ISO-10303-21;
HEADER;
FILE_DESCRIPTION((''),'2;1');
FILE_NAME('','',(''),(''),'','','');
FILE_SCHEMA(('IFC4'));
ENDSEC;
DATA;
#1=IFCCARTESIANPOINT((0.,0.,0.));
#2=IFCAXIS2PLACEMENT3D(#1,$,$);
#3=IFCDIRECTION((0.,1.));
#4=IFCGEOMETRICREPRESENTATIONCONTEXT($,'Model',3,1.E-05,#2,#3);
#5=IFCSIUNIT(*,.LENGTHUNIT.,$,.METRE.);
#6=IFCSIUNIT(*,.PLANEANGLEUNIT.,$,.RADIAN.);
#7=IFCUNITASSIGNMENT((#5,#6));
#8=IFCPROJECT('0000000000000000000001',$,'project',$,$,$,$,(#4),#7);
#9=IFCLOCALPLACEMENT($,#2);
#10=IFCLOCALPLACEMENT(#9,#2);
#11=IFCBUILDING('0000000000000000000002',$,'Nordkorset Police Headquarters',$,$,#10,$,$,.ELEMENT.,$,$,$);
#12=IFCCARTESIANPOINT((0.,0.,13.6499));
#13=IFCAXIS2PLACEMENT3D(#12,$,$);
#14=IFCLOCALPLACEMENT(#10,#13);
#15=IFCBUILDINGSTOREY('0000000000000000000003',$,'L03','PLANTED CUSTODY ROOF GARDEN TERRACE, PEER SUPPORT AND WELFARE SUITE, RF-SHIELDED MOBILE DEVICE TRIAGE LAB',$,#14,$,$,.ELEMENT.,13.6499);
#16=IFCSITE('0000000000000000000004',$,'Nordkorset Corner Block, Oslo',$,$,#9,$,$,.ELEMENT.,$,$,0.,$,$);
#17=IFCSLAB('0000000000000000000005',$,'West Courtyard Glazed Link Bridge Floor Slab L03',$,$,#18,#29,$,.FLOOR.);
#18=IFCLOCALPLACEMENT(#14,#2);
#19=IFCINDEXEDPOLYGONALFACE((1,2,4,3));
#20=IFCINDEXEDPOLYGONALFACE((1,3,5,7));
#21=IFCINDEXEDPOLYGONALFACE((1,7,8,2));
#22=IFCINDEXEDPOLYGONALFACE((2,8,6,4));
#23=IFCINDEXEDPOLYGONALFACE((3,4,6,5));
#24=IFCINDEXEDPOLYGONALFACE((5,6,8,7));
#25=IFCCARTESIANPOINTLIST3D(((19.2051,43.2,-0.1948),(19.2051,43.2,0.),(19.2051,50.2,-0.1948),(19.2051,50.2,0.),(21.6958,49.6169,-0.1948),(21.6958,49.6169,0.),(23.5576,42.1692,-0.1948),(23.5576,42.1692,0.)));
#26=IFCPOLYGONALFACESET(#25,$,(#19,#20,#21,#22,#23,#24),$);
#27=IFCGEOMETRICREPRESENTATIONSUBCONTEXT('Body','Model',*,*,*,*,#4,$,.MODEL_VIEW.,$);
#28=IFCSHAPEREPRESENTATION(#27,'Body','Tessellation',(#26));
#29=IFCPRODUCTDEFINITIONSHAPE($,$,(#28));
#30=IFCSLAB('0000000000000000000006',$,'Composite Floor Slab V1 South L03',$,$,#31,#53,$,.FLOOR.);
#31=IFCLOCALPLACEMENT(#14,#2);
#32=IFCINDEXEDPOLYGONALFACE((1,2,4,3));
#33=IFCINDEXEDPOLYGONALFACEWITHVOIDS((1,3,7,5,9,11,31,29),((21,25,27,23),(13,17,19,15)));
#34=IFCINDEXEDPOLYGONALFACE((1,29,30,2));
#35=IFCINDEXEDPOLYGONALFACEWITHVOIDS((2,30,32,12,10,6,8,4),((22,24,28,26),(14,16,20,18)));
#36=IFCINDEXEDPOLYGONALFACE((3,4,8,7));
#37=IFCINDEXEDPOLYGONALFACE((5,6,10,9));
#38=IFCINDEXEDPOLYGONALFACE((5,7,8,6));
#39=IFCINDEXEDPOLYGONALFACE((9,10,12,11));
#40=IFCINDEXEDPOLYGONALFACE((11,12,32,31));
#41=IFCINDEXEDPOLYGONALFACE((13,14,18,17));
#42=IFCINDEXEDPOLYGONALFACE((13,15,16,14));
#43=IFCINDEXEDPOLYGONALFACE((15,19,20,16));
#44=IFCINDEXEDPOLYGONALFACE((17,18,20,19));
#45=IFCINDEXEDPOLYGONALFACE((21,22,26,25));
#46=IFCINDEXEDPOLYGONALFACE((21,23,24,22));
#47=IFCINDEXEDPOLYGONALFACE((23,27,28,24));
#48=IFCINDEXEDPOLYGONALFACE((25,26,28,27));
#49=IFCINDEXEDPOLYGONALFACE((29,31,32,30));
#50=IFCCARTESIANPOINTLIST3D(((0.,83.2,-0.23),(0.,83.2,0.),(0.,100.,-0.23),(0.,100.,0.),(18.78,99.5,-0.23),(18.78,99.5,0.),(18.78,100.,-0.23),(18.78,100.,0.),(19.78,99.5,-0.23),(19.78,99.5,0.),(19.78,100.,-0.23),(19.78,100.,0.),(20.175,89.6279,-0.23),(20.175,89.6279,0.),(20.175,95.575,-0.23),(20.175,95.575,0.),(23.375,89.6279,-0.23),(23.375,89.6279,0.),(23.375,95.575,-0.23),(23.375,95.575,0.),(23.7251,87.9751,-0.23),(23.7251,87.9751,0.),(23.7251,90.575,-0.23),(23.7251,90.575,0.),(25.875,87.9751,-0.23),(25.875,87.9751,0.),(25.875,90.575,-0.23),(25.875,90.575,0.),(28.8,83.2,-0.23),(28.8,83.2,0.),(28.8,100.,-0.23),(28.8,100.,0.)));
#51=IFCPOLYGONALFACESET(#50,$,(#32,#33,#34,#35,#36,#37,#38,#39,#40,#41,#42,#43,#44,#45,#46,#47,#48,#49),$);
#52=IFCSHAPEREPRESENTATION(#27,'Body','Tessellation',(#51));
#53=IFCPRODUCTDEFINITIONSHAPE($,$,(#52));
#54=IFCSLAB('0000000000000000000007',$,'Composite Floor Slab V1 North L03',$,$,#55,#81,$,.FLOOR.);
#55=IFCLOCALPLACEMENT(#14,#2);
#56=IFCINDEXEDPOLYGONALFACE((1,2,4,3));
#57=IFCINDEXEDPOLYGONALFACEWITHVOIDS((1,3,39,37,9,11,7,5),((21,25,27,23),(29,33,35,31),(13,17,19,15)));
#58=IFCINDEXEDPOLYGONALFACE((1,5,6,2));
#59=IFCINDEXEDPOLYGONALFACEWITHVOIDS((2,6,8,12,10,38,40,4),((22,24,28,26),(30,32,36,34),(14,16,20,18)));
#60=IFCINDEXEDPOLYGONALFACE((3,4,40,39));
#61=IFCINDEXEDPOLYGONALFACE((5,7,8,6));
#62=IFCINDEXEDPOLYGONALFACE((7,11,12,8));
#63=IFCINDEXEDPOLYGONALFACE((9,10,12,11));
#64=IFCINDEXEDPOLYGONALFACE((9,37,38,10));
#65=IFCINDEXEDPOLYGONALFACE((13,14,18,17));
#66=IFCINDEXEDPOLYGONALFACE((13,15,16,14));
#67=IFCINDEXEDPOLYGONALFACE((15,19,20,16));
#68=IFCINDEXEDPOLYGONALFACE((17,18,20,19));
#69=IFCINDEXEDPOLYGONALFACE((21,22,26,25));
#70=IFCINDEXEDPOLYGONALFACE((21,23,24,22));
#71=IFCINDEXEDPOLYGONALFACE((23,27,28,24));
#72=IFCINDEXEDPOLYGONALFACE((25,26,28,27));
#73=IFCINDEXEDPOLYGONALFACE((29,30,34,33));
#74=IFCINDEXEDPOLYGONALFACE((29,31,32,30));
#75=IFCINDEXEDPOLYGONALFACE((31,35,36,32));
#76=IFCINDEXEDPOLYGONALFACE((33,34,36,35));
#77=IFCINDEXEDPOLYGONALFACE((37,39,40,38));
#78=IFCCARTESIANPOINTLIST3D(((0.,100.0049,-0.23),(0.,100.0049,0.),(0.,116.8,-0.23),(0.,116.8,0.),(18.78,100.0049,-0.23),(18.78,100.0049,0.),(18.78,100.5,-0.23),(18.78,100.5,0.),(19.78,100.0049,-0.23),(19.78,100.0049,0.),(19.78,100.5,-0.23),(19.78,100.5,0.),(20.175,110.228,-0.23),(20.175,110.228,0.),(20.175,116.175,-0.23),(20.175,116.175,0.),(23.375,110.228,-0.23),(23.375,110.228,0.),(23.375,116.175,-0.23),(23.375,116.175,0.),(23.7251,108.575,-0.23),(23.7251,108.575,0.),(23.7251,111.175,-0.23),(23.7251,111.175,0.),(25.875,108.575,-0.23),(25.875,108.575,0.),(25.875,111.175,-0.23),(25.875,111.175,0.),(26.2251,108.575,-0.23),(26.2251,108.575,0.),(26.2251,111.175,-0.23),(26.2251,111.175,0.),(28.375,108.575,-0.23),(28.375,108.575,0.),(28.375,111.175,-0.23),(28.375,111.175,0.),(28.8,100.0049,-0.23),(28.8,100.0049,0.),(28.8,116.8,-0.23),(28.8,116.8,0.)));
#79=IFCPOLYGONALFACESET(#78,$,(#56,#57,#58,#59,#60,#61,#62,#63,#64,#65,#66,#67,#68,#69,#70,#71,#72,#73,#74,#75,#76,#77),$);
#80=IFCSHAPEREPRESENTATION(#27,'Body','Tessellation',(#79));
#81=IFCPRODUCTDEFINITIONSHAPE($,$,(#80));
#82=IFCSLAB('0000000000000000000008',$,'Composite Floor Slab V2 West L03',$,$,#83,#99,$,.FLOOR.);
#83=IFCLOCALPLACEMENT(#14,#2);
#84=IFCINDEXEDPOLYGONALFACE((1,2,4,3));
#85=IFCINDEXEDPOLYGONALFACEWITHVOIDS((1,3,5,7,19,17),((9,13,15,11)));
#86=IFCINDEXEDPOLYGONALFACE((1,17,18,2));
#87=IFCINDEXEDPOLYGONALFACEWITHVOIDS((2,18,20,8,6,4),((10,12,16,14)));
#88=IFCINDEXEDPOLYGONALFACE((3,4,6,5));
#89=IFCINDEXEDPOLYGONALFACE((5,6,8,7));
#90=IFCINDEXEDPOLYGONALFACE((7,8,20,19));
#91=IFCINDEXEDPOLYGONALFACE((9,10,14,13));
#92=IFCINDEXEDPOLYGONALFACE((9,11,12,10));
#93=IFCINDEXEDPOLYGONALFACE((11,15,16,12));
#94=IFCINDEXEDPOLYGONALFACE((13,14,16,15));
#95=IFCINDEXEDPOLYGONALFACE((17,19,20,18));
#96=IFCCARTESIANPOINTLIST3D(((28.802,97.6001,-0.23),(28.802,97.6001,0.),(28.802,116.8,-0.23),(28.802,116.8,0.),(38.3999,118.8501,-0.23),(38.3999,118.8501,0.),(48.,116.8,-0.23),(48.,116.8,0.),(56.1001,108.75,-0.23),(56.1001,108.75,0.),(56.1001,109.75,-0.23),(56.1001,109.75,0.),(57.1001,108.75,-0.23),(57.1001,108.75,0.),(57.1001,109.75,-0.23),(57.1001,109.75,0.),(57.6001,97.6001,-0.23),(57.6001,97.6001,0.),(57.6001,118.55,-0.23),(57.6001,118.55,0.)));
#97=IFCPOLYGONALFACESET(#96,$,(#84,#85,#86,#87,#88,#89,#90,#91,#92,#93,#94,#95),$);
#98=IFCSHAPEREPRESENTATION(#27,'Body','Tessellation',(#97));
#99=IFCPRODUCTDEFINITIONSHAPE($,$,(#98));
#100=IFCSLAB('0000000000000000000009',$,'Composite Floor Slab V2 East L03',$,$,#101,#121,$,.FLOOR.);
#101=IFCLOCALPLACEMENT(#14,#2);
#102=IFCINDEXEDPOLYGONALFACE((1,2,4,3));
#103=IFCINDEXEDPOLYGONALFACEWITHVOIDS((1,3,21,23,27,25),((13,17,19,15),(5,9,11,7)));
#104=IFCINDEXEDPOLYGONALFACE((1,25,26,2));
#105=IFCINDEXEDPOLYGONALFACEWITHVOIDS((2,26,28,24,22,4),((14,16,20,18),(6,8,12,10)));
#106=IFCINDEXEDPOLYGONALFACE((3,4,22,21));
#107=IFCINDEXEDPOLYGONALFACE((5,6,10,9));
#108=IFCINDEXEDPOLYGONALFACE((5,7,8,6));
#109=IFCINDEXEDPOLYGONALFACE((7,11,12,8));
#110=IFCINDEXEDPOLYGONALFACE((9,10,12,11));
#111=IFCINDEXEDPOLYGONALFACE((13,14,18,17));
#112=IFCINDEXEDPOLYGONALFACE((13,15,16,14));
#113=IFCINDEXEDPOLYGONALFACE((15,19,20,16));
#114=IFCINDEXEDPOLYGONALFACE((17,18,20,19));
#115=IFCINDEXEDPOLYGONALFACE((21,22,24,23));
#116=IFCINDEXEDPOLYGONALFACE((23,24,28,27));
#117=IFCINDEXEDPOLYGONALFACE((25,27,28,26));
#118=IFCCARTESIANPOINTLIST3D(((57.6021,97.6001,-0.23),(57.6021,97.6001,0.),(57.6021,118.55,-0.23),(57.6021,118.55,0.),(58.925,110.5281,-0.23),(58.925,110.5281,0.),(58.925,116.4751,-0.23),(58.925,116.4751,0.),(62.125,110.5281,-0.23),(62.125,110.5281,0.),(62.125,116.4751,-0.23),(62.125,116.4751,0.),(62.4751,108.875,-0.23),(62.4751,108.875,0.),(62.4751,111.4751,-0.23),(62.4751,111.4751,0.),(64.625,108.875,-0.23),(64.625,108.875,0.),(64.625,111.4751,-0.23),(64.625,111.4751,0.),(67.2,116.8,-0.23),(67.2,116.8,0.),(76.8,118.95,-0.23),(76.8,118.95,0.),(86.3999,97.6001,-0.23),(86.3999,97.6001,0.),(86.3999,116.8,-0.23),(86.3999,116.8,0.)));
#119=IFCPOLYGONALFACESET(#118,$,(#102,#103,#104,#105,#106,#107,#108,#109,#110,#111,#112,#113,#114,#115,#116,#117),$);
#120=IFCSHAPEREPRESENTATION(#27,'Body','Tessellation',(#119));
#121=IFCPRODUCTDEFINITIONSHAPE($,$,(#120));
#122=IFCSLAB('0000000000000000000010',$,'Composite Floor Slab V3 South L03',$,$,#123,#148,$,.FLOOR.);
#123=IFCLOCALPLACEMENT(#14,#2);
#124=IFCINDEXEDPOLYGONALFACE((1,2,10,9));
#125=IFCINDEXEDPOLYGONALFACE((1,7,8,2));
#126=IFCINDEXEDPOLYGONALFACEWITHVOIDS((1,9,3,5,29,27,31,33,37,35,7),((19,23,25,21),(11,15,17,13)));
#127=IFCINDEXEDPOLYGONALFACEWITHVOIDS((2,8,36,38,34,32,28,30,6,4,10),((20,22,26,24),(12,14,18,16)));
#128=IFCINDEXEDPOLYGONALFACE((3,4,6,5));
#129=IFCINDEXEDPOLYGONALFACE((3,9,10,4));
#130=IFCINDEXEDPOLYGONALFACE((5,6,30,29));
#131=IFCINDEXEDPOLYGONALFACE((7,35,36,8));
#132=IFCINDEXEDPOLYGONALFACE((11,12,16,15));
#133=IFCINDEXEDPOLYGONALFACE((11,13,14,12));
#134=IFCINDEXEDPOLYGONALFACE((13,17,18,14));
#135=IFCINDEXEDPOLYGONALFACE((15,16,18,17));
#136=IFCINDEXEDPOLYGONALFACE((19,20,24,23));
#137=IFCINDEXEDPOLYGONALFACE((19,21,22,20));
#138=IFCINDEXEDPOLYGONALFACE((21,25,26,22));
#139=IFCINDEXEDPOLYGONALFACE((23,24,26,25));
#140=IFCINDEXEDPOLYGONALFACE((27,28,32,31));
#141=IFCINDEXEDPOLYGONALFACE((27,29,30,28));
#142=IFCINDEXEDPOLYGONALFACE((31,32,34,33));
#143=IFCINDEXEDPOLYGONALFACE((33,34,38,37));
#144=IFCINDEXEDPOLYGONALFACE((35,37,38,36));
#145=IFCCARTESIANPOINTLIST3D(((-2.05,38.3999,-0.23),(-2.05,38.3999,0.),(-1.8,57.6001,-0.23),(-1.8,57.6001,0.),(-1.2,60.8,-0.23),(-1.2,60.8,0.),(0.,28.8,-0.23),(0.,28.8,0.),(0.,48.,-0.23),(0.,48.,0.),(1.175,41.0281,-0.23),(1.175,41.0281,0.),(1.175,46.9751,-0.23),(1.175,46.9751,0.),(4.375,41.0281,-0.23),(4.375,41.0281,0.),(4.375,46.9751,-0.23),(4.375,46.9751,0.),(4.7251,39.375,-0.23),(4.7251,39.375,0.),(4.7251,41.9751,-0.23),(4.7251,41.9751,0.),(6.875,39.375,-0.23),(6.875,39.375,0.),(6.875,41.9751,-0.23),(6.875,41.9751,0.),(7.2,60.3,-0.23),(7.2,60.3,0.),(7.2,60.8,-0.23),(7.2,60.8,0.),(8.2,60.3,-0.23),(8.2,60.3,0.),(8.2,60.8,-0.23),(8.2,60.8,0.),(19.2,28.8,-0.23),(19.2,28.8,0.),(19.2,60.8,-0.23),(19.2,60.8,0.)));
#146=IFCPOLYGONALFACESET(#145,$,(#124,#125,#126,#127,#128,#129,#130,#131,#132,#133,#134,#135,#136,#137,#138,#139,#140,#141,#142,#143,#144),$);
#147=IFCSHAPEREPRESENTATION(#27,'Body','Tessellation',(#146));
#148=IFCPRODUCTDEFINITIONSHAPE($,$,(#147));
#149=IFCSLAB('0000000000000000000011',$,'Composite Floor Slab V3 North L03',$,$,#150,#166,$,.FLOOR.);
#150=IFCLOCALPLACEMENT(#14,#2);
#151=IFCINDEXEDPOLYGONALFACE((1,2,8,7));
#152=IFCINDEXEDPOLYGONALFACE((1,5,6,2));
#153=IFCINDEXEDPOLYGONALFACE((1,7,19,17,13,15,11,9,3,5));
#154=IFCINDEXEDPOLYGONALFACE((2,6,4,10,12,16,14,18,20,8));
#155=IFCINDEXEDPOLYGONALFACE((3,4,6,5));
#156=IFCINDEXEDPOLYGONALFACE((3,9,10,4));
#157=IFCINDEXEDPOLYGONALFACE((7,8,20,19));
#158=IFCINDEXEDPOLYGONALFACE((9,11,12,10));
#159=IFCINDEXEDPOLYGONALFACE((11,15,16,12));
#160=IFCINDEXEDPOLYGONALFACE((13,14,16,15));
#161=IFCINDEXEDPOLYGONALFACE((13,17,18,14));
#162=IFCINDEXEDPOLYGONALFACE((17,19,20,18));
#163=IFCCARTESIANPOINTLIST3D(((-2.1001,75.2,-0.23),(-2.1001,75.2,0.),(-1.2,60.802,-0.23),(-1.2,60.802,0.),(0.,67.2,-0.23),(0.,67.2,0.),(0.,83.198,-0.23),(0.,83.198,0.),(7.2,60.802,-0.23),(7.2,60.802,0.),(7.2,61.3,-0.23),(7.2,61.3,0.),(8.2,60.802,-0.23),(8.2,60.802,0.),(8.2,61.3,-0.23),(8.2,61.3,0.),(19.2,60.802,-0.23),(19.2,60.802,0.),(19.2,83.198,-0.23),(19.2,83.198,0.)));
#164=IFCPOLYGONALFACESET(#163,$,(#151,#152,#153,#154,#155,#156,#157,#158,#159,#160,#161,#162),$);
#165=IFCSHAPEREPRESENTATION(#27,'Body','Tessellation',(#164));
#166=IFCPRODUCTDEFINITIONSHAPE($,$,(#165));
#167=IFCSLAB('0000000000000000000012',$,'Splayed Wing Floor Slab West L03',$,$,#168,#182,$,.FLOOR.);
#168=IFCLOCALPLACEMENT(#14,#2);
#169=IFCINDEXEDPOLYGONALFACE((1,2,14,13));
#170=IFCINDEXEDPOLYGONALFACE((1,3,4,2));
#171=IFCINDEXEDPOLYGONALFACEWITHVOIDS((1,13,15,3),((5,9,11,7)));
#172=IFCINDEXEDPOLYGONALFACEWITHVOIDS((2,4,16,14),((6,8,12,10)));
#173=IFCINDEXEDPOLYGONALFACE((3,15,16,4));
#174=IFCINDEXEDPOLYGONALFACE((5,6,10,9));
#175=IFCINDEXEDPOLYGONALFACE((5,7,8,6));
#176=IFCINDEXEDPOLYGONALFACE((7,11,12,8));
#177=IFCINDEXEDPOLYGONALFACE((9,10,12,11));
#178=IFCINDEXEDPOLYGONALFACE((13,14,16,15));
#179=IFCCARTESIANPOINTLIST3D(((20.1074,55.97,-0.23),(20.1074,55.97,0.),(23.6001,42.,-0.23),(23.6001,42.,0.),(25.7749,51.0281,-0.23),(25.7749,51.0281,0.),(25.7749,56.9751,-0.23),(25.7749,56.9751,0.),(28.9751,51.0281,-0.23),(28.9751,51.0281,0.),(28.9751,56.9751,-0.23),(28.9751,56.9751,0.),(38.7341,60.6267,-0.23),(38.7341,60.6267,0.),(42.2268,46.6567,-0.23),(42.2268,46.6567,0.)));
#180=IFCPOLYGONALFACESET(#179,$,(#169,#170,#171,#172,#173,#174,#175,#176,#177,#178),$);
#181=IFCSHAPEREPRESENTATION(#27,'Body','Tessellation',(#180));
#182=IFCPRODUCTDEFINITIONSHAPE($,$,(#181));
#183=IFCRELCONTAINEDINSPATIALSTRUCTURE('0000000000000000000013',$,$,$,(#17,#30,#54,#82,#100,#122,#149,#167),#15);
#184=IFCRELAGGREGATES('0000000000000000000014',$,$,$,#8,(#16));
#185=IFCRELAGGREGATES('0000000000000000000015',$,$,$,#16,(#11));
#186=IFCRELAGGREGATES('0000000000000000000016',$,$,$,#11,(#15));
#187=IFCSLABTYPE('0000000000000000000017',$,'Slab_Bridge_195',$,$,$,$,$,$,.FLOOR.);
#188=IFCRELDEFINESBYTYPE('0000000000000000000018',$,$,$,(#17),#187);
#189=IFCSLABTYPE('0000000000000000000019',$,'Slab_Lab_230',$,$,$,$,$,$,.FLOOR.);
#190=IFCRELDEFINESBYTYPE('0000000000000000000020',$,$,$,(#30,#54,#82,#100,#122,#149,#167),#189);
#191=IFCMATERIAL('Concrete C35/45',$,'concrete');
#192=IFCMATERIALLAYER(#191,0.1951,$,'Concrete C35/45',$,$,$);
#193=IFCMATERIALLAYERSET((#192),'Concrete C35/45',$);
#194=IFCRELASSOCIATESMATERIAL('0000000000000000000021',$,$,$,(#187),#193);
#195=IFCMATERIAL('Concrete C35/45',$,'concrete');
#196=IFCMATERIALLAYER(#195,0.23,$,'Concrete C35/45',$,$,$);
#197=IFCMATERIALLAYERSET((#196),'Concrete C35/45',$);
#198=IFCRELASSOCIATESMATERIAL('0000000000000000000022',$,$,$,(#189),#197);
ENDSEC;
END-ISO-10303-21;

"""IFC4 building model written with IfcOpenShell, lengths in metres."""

from ifc_helpers import new_model, si_unit, direction, frame, origin, place, context, subcontext, project, spatial, polyline, outline, extrude, material, layer, layer_set, type_object, element, save


model = new_model("IFC4")

# Units and contexts
model_context = context("Model", 3, precision=1e-05, world=origin(), true_north=direction((0.0, 1.0)))
body_context = subcontext(model_context, "Body", "Model", "MODEL_VIEW")
ifc_project = project(units=[si_unit("LENGTHUNIT", "METRE"), si_unit("PLANEANGLEUNIT", "RADIAN")], contexts=[model_context])

# Site, building, storey
site_placement = place(None, origin())
site = spatial("IfcSite", under=ifc_project, at=site_placement, Name="Nordkorset Corner Block, Oslo", CompositionType="ELEMENT", RefElevation=0.0)
building_placement = place(site_placement, origin())
building = spatial("IfcBuilding", under=site, at=building_placement, Name="Nordkorset Police Headquarters", CompositionType="ELEMENT")
storey_placement = place(building_placement, frame((0.0, 0.0, 13.6499)))
storey = spatial("IfcBuildingStorey", under=building, at=storey_placement, Name="L03", Description="PLANTED CUSTODY ROOF GARDEN TERRACE, PEER SUPPORT AND WELFARE SUITE, RF-SHIELDED MOBILE DEVICE TRIAGE LAB", CompositionType="ELEMENT", Elevation=13.6499)

# Slabs
ifc_material_1 = material(Name="Concrete C35/45", Category="concrete")
ifc_layer_1 = layer(ifc_material_1, 0.1951, Name="Concrete C35/45")
ifc_layer_set_1 = layer_set([ifc_layer_1], Name="Concrete C35/45")
slab_type_1 = type_object("IfcSlabType", Name="Slab_Bridge_195", PredefinedType="FLOOR", material=ifc_layer_set_1)
slab_1_placement = place(storey_placement, frame((0.0, 0.0, -0.1948)))
element("IfcSlab", 1, at=slab_1_placement, inside=storey, type_object=slab_type_1, Name="West Courtyard Glazed Link Bridge Floor Slab L03", PredefinedType="FLOOR", context=body_context, shape_type="SweptSolid", body=[
    extrude(outline(polyline([(19.2051, 43.2), (19.2051, 50.2), (21.6958, 49.6169), (23.5576, 42.1692), (19.2051, 43.2)])), origin(), (0.0, 0.0, 1.0), 0.1948),
])
ifc_material_2 = material(Name="Concrete C35/45", Category="concrete")
ifc_layer_2 = layer(ifc_material_2, 0.23, Name="Concrete C35/45")
ifc_layer_set_2 = layer_set([ifc_layer_2], Name="Concrete C35/45")
slab_type_2 = type_object("IfcSlabType", Name="Slab_Lab_230", PredefinedType="FLOOR", material=ifc_layer_set_2)
slab_2_placement = place(storey_placement, frame((0.0, 0.0, -0.23)))
element("IfcSlab", 2, at=slab_2_placement, inside=storey, type_object=slab_type_2, Name="Composite Floor Slab V1 South L03", PredefinedType="FLOOR", context=body_context, shape_type="SweptSolid", body=[
    extrude(outline(polyline([(18.78, 100.0), (18.78, 99.5), (19.78, 99.5), (19.78, 100.0), (28.8, 100.0), (28.8, 83.2), (0.0, 83.2), (0.0, 100.0), (18.78, 100.0)]), holes=[polyline([(20.175, 95.575), (20.175, 89.6279), (23.375, 89.6279), (23.375, 95.575), (20.175, 95.575)]), polyline([(25.875, 90.575), (23.7251, 90.575), (23.7251, 87.9751), (25.875, 87.9751), (25.875, 90.575)])]), origin(), (0.0, 0.0, 1.0), 0.23),
])
slab_3_placement = place(storey_placement, frame((0.0, 0.0, -0.23)))
element("IfcSlab", 3, at=slab_3_placement, inside=storey, type_object=slab_type_2, Name="Composite Floor Slab V1 North L03", PredefinedType="FLOOR", context=body_context, shape_type="SweptSolid", body=[
    extrude(outline(polyline([(28.8, 100.0049), (19.78, 100.0049), (19.78, 100.5), (18.78, 100.5), (18.78, 100.0049), (0.0, 100.0049), (0.0, 116.8), (28.8, 116.8), (28.8, 100.0049)]), holes=[polyline([(20.175, 110.228), (23.375, 110.228), (23.375, 116.175), (20.175, 116.175), (20.175, 110.228)]), polyline([(23.7251, 111.175), (23.7251, 108.575), (25.875, 108.575), (25.875, 111.175), (23.7251, 111.175)]), polyline([(28.375, 111.175), (26.2251, 111.175), (26.2251, 108.575), (28.375, 108.575), (28.375, 111.175)])]), origin(), (0.0, 0.0, 1.0), 0.23),
])
slab_4_placement = place(storey_placement, frame((0.0, 0.0, -0.23)))
element("IfcSlab", 4, at=slab_4_placement, inside=storey, type_object=slab_type_2, Name="Composite Floor Slab V2 West L03", PredefinedType="FLOOR", context=body_context, shape_type="SweptSolid", body=[
    extrude(outline(polyline([(28.802, 116.8), (38.3999, 118.8501), (48.0, 116.8), (57.6001, 118.55), (57.6001, 97.6001), (28.802, 97.6001), (28.802, 116.8)]), holes=[polyline([(57.1001, 109.75), (56.1001, 109.75), (56.1001, 108.75), (57.1001, 108.75), (57.1001, 109.75)])]), origin(), (0.0, 0.0, 1.0), 0.23),
])
slab_5_placement = place(storey_placement, frame((0.0, 0.0, -0.23)))
element("IfcSlab", 5, at=slab_5_placement, inside=storey, type_object=slab_type_2, Name="Composite Floor Slab V2 East L03", PredefinedType="FLOOR", context=body_context, shape_type="SweptSolid", body=[
    extrude(outline(polyline([(67.2, 116.8), (76.8, 118.95), (86.3999, 116.8), (86.3999, 97.6001), (57.6021, 97.6001), (57.6021, 118.55), (67.2, 116.8)]), holes=[polyline([(58.925, 116.4751), (58.925, 110.5281), (62.125, 110.5281), (62.125, 116.4751), (58.925, 116.4751)]), polyline([(64.625, 111.4751), (62.4751, 111.4751), (62.4751, 108.875), (64.625, 108.875), (64.625, 111.4751)])]), origin(), (0.0, 0.0, 1.0), 0.23),
])
slab_6_placement = place(storey_placement, frame((0.0, 0.0, -0.23)))
element("IfcSlab", 6, at=slab_6_placement, inside=storey, type_object=slab_type_2, Name="Composite Floor Slab V3 South L03", PredefinedType="FLOOR", context=body_context, shape_type="SweptSolid", body=[
    extrude(outline(polyline([(0.0, 48.0), (-1.8, 57.6001), (-1.2, 60.8), (7.2, 60.8), (7.2, 60.3), (8.2, 60.3), (8.2, 60.8), (19.2, 60.8), (19.2, 28.8), (0.0, 28.8), (-2.05, 38.3999), (0.0, 48.0)]), holes=[polyline([(1.175, 46.9751), (1.175, 41.0281), (4.375, 41.0281), (4.375, 46.9751), (1.175, 46.9751)]), polyline([(6.875, 41.9751), (4.7251, 41.9751), (4.7251, 39.375), (6.875, 39.375), (6.875, 41.9751)])]), origin(), (0.0, 0.0, 1.0), 0.23),
])
slab_7_placement = place(storey_placement, frame((0.0, 0.0, -0.23)))
element("IfcSlab", 7, at=slab_7_placement, inside=storey, type_object=slab_type_2, Name="Composite Floor Slab V3 North L03", PredefinedType="FLOOR", context=body_context, shape_type="SweptSolid", body=[
    extrude(outline(polyline([(-1.2, 60.802), (7.2, 60.802), (7.2, 61.3), (8.2, 61.3), (8.2, 60.802), (19.2, 60.802), (19.2, 83.198), (0.0, 83.198), (-2.1001, 75.2), (0.0, 67.2), (-1.2, 60.802)])), origin(), (0.0, 0.0, 1.0), 0.23),
])
slab_8_placement = place(storey_placement, frame((0.0, 0.0, -0.23)))
element("IfcSlab", 8, at=slab_8_placement, inside=storey, type_object=slab_type_2, Name="Splayed Wing Floor Slab West L03", PredefinedType="FLOOR", context=body_context, shape_type="SweptSolid", body=[
    extrude(outline(polyline([(20.1074, 55.97), (38.7341, 60.6267), (42.2268, 46.6567), (23.6001, 42.0), (20.1074, 55.97)]), holes=[polyline([(28.9751, 56.9751), (25.7749, 56.9751), (25.7749, 51.0281), (28.9751, 51.0281), (28.9751, 56.9751)])]), origin(), (0.0, 0.0, 1.0), 0.23),
])

save(model, "model.ifc")
